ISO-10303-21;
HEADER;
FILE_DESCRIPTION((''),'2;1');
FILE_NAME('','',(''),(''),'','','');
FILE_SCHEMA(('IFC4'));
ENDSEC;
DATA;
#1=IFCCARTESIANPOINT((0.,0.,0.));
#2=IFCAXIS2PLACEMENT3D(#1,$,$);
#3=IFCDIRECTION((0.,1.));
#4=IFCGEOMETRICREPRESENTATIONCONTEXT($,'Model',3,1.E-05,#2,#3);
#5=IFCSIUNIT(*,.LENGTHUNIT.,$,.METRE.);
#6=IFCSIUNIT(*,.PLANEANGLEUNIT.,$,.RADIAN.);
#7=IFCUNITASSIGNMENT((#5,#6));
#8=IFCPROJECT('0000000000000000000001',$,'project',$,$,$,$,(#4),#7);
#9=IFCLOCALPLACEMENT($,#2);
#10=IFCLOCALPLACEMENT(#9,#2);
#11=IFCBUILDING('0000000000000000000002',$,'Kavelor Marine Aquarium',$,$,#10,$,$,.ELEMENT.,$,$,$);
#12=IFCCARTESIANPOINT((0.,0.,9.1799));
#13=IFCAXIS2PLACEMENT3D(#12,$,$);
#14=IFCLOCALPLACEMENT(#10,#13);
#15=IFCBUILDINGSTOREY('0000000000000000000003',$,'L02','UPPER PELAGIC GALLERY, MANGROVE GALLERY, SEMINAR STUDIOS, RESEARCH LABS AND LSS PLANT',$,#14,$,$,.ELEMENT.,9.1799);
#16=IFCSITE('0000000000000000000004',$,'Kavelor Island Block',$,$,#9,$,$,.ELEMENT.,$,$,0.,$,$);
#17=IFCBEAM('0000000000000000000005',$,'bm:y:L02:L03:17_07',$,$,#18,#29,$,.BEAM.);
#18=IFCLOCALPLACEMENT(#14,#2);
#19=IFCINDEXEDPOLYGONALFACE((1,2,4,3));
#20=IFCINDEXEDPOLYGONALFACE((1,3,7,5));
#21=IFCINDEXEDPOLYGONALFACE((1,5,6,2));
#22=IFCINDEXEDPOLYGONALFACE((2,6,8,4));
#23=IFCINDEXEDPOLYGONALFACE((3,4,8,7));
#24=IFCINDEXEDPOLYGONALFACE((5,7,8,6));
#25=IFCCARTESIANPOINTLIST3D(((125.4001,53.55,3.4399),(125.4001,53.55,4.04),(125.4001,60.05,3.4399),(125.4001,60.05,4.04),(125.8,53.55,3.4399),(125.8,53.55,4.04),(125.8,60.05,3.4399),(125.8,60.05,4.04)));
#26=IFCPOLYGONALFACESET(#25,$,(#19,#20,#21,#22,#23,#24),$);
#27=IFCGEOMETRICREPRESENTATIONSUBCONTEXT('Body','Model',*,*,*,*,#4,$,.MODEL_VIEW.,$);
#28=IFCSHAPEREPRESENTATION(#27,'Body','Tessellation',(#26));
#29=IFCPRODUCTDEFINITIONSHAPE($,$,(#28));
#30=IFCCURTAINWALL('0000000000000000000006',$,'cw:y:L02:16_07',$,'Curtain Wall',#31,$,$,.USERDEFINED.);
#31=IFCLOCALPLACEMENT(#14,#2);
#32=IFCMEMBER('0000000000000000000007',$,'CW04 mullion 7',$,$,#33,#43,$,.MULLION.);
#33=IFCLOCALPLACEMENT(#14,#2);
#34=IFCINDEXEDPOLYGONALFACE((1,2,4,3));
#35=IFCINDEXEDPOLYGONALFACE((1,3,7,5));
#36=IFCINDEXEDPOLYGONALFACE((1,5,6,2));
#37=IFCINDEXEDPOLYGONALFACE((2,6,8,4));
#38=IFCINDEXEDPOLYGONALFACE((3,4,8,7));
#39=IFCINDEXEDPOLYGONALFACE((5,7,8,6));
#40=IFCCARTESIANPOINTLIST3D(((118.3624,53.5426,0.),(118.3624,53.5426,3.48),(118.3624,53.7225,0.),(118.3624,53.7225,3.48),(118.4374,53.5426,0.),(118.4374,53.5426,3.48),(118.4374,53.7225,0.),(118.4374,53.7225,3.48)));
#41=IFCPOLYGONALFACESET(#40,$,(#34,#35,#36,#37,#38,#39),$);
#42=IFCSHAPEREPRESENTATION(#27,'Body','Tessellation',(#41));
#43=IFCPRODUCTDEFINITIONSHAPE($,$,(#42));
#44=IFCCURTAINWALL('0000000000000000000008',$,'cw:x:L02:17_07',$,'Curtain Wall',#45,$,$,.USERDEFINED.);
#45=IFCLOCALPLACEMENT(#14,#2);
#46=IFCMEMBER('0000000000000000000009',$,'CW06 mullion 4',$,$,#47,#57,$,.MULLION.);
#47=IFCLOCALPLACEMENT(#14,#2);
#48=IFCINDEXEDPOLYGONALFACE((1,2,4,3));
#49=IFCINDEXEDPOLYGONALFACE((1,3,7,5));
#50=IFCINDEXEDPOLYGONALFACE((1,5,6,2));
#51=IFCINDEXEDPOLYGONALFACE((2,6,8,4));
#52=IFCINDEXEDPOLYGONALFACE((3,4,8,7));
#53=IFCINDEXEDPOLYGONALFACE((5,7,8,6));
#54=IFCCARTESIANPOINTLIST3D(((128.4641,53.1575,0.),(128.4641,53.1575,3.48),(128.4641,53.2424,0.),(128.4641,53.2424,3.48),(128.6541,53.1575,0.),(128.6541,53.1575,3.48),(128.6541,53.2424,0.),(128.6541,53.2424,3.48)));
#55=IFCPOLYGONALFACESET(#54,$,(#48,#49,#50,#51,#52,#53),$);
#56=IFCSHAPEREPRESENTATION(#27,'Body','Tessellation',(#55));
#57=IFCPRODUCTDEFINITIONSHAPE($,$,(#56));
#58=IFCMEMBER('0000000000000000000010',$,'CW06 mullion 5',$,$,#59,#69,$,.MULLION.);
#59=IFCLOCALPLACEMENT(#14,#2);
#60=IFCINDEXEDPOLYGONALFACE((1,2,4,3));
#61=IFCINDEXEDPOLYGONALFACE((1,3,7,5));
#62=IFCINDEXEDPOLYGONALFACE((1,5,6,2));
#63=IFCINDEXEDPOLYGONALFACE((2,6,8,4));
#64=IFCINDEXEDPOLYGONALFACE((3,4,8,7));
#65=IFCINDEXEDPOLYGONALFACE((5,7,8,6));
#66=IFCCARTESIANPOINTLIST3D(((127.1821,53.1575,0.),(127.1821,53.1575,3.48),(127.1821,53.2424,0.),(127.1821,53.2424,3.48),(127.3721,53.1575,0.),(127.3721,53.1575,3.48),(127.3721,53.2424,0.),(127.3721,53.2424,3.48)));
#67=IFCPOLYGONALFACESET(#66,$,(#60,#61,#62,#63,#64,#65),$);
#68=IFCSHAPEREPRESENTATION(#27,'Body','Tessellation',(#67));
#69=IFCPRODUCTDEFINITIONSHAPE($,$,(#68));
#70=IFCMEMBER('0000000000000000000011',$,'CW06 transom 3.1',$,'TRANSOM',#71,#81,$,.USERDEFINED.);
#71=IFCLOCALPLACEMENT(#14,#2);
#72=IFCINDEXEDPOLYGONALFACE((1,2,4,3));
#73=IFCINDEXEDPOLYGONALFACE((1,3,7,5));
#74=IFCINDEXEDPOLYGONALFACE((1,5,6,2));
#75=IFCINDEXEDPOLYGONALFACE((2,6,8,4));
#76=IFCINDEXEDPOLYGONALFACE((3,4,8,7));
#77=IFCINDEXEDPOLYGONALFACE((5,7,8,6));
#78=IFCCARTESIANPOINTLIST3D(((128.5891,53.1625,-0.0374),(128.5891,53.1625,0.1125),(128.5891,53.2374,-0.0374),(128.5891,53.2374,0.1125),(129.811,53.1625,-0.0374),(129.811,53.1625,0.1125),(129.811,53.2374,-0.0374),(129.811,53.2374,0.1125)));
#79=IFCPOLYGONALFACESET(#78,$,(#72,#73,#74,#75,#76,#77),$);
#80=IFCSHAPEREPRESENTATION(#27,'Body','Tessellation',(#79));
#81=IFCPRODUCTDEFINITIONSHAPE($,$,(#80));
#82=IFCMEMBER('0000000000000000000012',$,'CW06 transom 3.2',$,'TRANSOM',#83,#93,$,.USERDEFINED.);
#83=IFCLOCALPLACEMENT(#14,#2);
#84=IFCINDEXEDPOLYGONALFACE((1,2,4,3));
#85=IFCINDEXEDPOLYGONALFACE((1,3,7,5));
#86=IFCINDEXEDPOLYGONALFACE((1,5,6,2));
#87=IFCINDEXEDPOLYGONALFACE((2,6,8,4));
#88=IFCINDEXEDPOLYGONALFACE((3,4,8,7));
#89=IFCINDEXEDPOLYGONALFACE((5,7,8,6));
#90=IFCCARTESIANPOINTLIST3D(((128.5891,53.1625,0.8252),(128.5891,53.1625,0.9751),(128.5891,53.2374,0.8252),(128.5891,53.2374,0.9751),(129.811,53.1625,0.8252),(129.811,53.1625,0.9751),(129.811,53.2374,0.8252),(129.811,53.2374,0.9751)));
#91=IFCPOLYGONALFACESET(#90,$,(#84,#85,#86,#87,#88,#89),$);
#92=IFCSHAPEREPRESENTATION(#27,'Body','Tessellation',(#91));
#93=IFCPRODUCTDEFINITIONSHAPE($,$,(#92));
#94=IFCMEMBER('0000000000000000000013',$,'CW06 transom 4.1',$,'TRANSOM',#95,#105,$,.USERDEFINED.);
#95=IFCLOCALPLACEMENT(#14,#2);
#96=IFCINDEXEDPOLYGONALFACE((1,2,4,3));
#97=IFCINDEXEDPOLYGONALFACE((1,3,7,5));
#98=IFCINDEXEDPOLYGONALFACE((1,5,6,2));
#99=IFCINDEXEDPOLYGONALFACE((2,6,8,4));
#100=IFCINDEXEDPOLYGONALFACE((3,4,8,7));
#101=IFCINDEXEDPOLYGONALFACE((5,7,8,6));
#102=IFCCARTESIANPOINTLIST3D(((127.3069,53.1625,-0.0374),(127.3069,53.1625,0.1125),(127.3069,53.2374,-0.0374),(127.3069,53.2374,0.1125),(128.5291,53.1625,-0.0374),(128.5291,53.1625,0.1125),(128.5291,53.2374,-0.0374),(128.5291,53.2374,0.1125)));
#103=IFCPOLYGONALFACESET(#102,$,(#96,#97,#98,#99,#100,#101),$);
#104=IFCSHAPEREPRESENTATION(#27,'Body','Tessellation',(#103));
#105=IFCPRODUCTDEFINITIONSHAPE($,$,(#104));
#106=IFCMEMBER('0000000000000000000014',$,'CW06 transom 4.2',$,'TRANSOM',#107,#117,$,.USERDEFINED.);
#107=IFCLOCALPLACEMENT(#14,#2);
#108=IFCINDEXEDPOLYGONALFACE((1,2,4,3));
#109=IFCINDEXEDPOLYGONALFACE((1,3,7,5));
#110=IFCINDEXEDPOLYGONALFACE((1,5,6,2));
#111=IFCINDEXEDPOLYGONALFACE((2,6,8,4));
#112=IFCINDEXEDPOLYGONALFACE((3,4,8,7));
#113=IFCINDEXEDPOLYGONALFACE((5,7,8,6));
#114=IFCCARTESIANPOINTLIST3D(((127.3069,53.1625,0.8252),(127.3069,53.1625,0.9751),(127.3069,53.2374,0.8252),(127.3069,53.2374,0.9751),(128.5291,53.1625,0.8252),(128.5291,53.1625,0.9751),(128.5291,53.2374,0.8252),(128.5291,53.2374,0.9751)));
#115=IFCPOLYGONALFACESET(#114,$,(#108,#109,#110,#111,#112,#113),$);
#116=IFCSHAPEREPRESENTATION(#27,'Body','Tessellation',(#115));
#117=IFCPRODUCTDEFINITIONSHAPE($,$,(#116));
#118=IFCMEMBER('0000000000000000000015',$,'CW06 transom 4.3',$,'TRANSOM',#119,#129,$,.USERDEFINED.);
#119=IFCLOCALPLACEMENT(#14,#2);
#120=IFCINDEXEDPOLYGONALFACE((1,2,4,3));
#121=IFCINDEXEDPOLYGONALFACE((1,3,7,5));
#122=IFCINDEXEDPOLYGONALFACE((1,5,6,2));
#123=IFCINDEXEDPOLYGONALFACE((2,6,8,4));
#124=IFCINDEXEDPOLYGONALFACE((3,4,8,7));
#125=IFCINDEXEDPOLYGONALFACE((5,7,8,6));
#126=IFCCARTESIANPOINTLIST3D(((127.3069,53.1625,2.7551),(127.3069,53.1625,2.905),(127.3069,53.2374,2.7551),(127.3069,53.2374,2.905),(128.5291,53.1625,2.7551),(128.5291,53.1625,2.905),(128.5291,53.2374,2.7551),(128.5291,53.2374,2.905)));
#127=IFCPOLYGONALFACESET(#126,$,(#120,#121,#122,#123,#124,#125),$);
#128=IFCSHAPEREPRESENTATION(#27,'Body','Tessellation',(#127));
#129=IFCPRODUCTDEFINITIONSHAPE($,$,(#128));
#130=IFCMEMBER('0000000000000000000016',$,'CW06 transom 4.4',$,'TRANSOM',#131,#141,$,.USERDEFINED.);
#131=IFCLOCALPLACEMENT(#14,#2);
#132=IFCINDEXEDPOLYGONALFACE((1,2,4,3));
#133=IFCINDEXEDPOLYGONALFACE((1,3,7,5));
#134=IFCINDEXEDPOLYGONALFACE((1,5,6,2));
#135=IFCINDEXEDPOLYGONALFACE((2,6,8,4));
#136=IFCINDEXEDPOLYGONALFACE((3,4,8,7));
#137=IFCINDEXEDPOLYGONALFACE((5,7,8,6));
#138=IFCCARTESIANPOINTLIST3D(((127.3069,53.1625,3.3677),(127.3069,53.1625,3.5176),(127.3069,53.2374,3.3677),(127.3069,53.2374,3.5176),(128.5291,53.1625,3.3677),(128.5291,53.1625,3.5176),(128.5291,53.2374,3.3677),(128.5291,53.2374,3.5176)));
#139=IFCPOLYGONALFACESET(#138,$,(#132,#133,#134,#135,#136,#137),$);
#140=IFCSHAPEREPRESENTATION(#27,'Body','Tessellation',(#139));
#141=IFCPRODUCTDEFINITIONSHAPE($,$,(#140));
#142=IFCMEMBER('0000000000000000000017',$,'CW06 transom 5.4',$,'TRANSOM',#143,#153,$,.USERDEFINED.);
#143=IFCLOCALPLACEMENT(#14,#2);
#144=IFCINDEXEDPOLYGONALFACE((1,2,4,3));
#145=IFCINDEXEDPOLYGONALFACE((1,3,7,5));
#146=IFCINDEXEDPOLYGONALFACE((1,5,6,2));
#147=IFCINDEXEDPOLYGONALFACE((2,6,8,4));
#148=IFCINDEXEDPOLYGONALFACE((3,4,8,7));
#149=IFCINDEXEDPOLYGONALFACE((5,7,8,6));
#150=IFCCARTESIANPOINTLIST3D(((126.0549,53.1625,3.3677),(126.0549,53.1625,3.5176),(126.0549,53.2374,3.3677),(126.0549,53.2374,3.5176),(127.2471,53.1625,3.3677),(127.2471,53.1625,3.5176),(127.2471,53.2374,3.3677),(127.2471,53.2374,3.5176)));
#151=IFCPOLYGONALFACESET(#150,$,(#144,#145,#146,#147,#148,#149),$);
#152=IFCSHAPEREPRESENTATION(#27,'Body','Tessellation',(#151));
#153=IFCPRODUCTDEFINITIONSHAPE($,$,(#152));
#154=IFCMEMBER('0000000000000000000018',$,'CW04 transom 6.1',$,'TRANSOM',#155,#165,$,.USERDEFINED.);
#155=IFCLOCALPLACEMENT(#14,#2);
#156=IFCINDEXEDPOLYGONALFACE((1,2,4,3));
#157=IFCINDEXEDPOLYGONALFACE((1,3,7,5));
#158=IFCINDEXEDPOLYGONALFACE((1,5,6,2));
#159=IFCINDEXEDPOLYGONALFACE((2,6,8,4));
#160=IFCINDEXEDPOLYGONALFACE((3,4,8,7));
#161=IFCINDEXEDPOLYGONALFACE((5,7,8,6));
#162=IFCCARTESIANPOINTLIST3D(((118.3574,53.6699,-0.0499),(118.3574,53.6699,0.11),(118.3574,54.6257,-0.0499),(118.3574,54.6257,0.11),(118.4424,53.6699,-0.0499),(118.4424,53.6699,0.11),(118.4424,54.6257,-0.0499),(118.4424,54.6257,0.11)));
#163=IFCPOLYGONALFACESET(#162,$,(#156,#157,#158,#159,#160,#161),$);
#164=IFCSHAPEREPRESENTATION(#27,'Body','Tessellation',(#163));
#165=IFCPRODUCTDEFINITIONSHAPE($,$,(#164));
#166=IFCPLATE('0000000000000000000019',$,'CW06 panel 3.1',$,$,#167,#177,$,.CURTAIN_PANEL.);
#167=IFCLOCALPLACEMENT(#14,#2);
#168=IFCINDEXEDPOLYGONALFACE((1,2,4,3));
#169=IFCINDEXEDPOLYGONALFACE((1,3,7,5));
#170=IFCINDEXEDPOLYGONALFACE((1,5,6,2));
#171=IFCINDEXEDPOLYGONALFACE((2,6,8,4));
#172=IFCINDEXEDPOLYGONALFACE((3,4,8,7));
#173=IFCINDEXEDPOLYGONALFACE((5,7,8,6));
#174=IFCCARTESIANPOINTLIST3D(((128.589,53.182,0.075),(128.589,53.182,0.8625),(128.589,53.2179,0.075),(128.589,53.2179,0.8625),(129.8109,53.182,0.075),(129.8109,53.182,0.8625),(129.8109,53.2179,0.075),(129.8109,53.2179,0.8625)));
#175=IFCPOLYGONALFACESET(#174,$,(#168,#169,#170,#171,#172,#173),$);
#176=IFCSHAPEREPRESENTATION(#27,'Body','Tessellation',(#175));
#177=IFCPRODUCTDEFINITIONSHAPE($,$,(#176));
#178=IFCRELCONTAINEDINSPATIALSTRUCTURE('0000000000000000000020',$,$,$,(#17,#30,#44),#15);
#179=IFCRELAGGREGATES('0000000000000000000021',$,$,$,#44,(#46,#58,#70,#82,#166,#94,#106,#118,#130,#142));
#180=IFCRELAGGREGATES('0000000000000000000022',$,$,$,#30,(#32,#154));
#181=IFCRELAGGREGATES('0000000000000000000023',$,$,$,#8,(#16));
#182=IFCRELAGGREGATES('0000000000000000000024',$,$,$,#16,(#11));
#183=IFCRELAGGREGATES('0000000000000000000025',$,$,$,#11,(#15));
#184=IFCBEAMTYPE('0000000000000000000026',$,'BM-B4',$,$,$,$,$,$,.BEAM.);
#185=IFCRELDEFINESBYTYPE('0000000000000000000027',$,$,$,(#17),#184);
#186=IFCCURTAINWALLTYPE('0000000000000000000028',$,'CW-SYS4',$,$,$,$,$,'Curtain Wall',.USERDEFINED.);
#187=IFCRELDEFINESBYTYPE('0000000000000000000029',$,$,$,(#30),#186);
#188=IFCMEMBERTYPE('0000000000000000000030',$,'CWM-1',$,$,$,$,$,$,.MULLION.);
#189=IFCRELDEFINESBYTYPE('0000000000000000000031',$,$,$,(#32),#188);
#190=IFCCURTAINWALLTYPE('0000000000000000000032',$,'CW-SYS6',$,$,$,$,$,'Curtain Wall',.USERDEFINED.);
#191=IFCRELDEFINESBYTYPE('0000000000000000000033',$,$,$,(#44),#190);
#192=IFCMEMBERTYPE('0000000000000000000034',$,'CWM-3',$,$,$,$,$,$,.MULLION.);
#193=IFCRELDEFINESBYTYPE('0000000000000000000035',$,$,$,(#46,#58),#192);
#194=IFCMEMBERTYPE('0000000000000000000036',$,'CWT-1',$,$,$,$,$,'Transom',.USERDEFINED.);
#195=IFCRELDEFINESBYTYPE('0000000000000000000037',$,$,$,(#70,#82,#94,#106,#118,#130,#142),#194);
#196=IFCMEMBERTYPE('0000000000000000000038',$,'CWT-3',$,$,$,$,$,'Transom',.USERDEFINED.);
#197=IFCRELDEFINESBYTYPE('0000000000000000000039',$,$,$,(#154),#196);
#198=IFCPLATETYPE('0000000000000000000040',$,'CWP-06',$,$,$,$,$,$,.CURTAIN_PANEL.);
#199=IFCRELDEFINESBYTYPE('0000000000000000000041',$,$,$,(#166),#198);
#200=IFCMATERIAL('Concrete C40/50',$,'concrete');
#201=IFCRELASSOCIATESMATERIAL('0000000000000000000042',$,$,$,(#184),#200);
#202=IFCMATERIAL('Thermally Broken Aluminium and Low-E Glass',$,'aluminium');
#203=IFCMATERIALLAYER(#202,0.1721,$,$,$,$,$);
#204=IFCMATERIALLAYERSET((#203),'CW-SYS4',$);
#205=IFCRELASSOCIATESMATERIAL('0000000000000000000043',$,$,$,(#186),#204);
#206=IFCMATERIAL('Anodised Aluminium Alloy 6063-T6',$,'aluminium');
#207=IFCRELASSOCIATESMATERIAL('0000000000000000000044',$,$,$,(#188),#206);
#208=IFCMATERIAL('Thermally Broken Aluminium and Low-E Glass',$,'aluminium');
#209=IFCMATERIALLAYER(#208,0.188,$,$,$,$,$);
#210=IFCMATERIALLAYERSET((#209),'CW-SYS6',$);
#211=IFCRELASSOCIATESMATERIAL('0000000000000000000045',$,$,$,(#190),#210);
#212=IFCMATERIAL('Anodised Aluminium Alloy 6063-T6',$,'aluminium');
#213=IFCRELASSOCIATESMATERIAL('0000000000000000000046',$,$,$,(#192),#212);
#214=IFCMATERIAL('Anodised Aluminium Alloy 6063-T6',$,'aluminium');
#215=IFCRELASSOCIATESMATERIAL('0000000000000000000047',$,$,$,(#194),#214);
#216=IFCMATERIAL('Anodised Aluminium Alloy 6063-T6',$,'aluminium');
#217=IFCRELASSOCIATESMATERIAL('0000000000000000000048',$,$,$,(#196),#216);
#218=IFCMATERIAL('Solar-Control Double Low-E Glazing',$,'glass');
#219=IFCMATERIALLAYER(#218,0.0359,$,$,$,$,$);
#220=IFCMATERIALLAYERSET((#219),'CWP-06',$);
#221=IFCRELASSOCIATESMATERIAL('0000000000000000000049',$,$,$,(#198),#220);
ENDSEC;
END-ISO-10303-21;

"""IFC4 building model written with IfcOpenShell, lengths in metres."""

from ifc_helpers import new_model, si_unit, direction, frame, origin, origin_2d, place, context, subcontext, project, spatial, rectangle, extrude, material, layer, layer_set, material_profile, profile_set, type_object, element, aggregate, save


model = new_model("IFC4")

# Units and contexts
model_context = context("Model", 3, precision=1e-05, world=origin(), true_north=direction((0.0, 1.0)))
body_context = subcontext(model_context, "Body", "Model", "MODEL_VIEW")
ifc_project = project(units=[si_unit("LENGTHUNIT", "METRE"), si_unit("PLANEANGLEUNIT", "RADIAN")], contexts=[model_context])

# Site, building, storey
site_placement = place(None, origin())
site = spatial("IfcSite", under=ifc_project, at=site_placement, Name="Kavelor Island Block", CompositionType="ELEMENT", RefElevation=0.0)
building_placement = place(site_placement, origin())
building = spatial("IfcBuilding", under=site, at=building_placement, Name="Kavelor Marine Aquarium", CompositionType="ELEMENT")
storey_placement = place(building_placement, frame((0.0, 0.0, 9.1799)))
storey = spatial("IfcBuildingStorey", under=building, at=storey_placement, Name="L02", Description="UPPER PELAGIC GALLERY, MANGROVE GALLERY, SEMINAR STUDIOS, RESEARCH LABS AND LSS PLANT", CompositionType="ELEMENT", Elevation=9.1799)

# Beam
ifc_material_1 = material(Name="Concrete C40/50", Category="concrete")
ifc_material_profile_1 = material_profile(ifc_material_1, rectangle(XDim=0.3999, YDim=0.6001, at=origin_2d()), Name="RC-BM 400x600")
ifc_profile_set_1 = profile_set([ifc_material_profile_1], Name="Concrete C40/50")
beam_type = type_object("IfcBeamType", Name="BM-B4", PredefinedType="BEAM", material=ifc_profile_set_1)
beam_placement = place(storey_placement, frame((125.6001, 53.55, 3.74), z_axis=(0.0, 1.0, 0.0), x_axis=(-1.0, 0.0, 0.0)))
element("IfcBeam", 1, at=beam_placement, inside=storey, type_object=beam_type, Name="bm:y:L02:L03:17_07", PredefinedType="BEAM", context=body_context, shape_type="SweptSolid", body=[
    extrude(rectangle(XDim=0.3999, YDim=0.6001, at=origin_2d()), origin(), (0.0, 0.0, 1.0), 6.5),
])

# Curtain wall, member
ifc_material_2 = material(Name="Thermally Broken Aluminium and Low-E Glass", Category="aluminium")
ifc_layer_1 = layer(ifc_material_2, 0.1721)
ifc_layer_set_1 = layer_set([ifc_layer_1], Name="CW-SYS4")
curtain_wall_type_1 = type_object("IfcCurtainWallType", Name="CW-SYS4", ElementType="Curtain Wall", PredefinedType="USERDEFINED", material=ifc_layer_set_1)
curtain_wall_1_placement = place(storey_placement, origin())
curtain_wall_1 = element("IfcCurtainWall", 2, at=curtain_wall_1_placement, inside=storey, type_object=curtain_wall_type_1, Name="cw:y:L02:16_07", ObjectType="Curtain Wall", PredefinedType="USERDEFINED")
ifc_material_3 = material(Name="Anodised Aluminium Alloy 6063-T6", Category="aluminium")
ifc_material_profile_2 = material_profile(ifc_material_3, rectangle(XDim=0.075, YDim=0.1799, at=origin_2d()), Name="CW-MUL 75x180")
ifc_profile_set_2 = profile_set([ifc_material_profile_2], Name="Anodised Aluminium Alloy 6063-T6")
member_type_1 = type_object("IfcMemberType", Name="CWM-1", PredefinedType="MULLION", material=ifc_profile_set_2)
member_1_placement = place(storey_placement, frame((118.3999, 53.6326, 0.0), z_axis=(0.0, 0.0, 1.0), x_axis=(1.0, 0.0, 0.0)))
member_1 = element("IfcMember", 3, at=member_1_placement, type_object=member_type_1, Name="CW04 mullion 7", PredefinedType="MULLION", context=body_context, shape_type="SweptSolid", body=[
    extrude(rectangle(XDim=0.075, YDim=0.1799, at=origin_2d()), origin(), (0.0, 0.0, 1.0), 3.48),
])

# Curtain wall, members
ifc_material_4 = material(Name="Thermally Broken Aluminium and Low-E Glass", Category="aluminium")
ifc_layer_2 = layer(ifc_material_4, 0.188)
ifc_layer_set_2 = layer_set([ifc_layer_2], Name="CW-SYS6")
curtain_wall_type_2 = type_object("IfcCurtainWallType", Name="CW-SYS6", ElementType="Curtain Wall", PredefinedType="USERDEFINED", material=ifc_layer_set_2)
curtain_wall_2_placement = place(storey_placement, origin())
curtain_wall_2 = element("IfcCurtainWall", 4, at=curtain_wall_2_placement, inside=storey, type_object=curtain_wall_type_2, Name="cw:x:L02:17_07", ObjectType="Curtain Wall", PredefinedType="USERDEFINED")
ifc_material_5 = material(Name="Anodised Aluminium Alloy 6063-T6", Category="aluminium")
ifc_material_profile_3 = material_profile(ifc_material_5, rectangle(XDim=0.085, YDim=0.1899, at=origin_2d()), Name="CW-MUL 85x190")
ifc_profile_set_3 = profile_set([ifc_material_profile_3], Name="Anodised Aluminium Alloy 6063-T6")
member_type_2 = type_object("IfcMemberType", Name="CWM-3", PredefinedType="MULLION", material=ifc_profile_set_3)
member_2_placement = place(storey_placement, frame((128.5591, 53.2, 0.0), z_axis=(0.0, 0.0, 1.0), x_axis=(0.0, -1.0, 0.0)))
member_2 = element("IfcMember", 5, at=member_2_placement, type_object=member_type_2, Name="CW06 mullion 4", PredefinedType="MULLION", context=body_context, shape_type="SweptSolid", body=[
    extrude(rectangle(XDim=0.085, YDim=0.1899, at=origin_2d()), origin(), (0.0, 0.0, 1.0), 3.48),
])
member_3_placement = place(storey_placement, frame((127.2771, 53.2, 0.0), z_axis=(0.0, 0.0, 1.0), x_axis=(0.0, -1.0, 0.0)))
member_3 = element("IfcMember", 6, at=member_3_placement, type_object=member_type_2, Name="CW06 mullion 5", PredefinedType="MULLION", context=body_context, shape_type="SweptSolid", body=[
    extrude(rectangle(XDim=0.085, YDim=0.1899, at=origin_2d()), origin(), (0.0, 0.0, 1.0), 3.48),
])
ifc_material_6 = material(Name="Anodised Aluminium Alloy 6063-T6", Category="aluminium")
ifc_material_profile_4 = material_profile(ifc_material_6, rectangle(XDim=0.075, YDim=0.1499, at=origin_2d()), Name="CW-TRN 75x150")
ifc_profile_set_4 = profile_set([ifc_material_profile_4], Name="Anodised Aluminium Alloy 6063-T6")
member_type_3 = type_object("IfcMemberType", Name="CWT-1", ElementType="Transom", PredefinedType="USERDEFINED", material=ifc_profile_set_4)
member_4_placement = place(storey_placement, frame((129.811, 53.2, 0.0376), z_axis=(-1.0, 0.0, 0.0), x_axis=(0.0, -1.0, 0.0)))
member_4 = element("IfcMember", 7, at=member_4_placement, type_object=member_type_3, Name="CW06 transom 3.1", ObjectType="TRANSOM", PredefinedType="USERDEFINED", context=body_context, shape_type="SweptSolid", body=[
    extrude(rectangle(XDim=0.075, YDim=0.1499, at=origin_2d()), origin(), (0.0, 0.0, 1.0), 1.2219),
])
member_5_placement = place(storey_placement, frame((129.811, 53.2, 0.9001), z_axis=(-1.0, 0.0, 0.0), x_axis=(0.0, -1.0, 0.0)))
member_5 = element("IfcMember", 8, at=member_5_placement, type_object=member_type_3, Name="CW06 transom 3.2", ObjectType="TRANSOM", PredefinedType="USERDEFINED", context=body_context, shape_type="SweptSolid", body=[
    extrude(rectangle(XDim=0.075, YDim=0.1499, at=origin_2d()), origin(), (0.0, 0.0, 1.0), 1.2219),
])
member_6_placement = place(storey_placement, frame((128.5291, 53.2, 0.0376), z_axis=(-1.0, 0.0, 0.0), x_axis=(0.0, -1.0, 0.0)))
member_6 = element("IfcMember", 9, at=member_6_placement, type_object=member_type_3, Name="CW06 transom 4.1", ObjectType="TRANSOM", PredefinedType="USERDEFINED", context=body_context, shape_type="SweptSolid", body=[
    extrude(rectangle(XDim=0.075, YDim=0.1499, at=origin_2d()), origin(), (0.0, 0.0, 1.0), 1.2222),
])
member_7_placement = place(storey_placement, frame((128.5291, 53.2, 0.9001), z_axis=(-1.0, 0.0, 0.0), x_axis=(0.0, -1.0, 0.0)))
member_7 = element("IfcMember", 10, at=member_7_placement, type_object=member_type_3, Name="CW06 transom 4.2", ObjectType="TRANSOM", PredefinedType="USERDEFINED", context=body_context, shape_type="SweptSolid", body=[
    extrude(rectangle(XDim=0.075, YDim=0.1499, at=origin_2d()), origin(), (0.0, 0.0, 1.0), 1.2222),
])
member_8_placement = place(storey_placement, frame((128.5291, 53.2, 2.8301), z_axis=(-1.0, 0.0, 0.0), x_axis=(0.0, -1.0, 0.0)))
member_8 = element("IfcMember", 11, at=member_8_placement, type_object=member_type_3, Name="CW06 transom 4.3", ObjectType="TRANSOM", PredefinedType="USERDEFINED", context=body_context, shape_type="SweptSolid", body=[
    extrude(rectangle(XDim=0.075, YDim=0.1499, at=origin_2d()), origin(), (0.0, 0.0, 1.0), 1.2222),
])
member_9_placement = place(storey_placement, frame((128.5291, 53.2, 3.4426), z_axis=(-1.0, 0.0, 0.0), x_axis=(0.0, -1.0, 0.0)))
member_9 = element("IfcMember", 12, at=member_9_placement, type_object=member_type_3, Name="CW06 transom 4.4", ObjectType="TRANSOM", PredefinedType="USERDEFINED", context=body_context, shape_type="SweptSolid", body=[
    extrude(rectangle(XDim=0.075, YDim=0.1499, at=origin_2d()), origin(), (0.0, 0.0, 1.0), 1.2222),
])
member_10_placement = place(storey_placement, frame((127.2471, 53.2, 3.4426), z_axis=(-1.0, 0.0, 0.0), x_axis=(0.0, -1.0, 0.0)))
member_10 = element("IfcMember", 13, at=member_10_placement, type_object=member_type_3, Name="CW06 transom 5.4", ObjectType="TRANSOM", PredefinedType="USERDEFINED", context=body_context, shape_type="SweptSolid", body=[
    extrude(rectangle(XDim=0.075, YDim=0.1499, at=origin_2d()), origin(), (0.0, 0.0, 1.0), 1.1921),
])

# Member
ifc_material_7 = material(Name="Anodised Aluminium Alloy 6063-T6", Category="aluminium")
ifc_material_profile_5 = material_profile(ifc_material_7, rectangle(XDim=0.085, YDim=0.1599, at=origin_2d()), Name="CW-TRN 85x160")
ifc_profile_set_5 = profile_set([ifc_material_profile_5], Name="Anodised Aluminium Alloy 6063-T6")
member_type_4 = type_object("IfcMemberType", Name="CWT-3", ElementType="Transom", PredefinedType="USERDEFINED", material=ifc_profile_set_5)
member_11_placement = place(storey_placement, frame((118.3999, 54.6257, 0.03), z_axis=(0.0, -1.0, 0.0), x_axis=(1.0, 0.0, 0.0)))
member_11 = element("IfcMember", 14, at=member_11_placement, type_object=member_type_4, Name="CW04 transom 6.1", ObjectType="TRANSOM", PredefinedType="USERDEFINED", context=body_context, shape_type="SweptSolid", body=[
    extrude(rectangle(XDim=0.085, YDim=0.1599, at=origin_2d()), origin(), (0.0, 0.0, 1.0), 0.9558),
])

# Plate
ifc_material_8 = material(Name="Solar-Control Double Low-E Glazing", Category="glass")
ifc_layer_3 = layer(ifc_material_8, 0.0359)
ifc_layer_set_3 = layer_set([ifc_layer_3], Name="CWP-06")
plate_type_1 = type_object("IfcPlateType", Name="CWP-06", PredefinedType="CURTAIN_PANEL", material=ifc_layer_set_3)
plate_1_placement = place(storey_placement, frame((129.2, 53.2, 0.075), z_axis=(0.0, 0.0, 1.0), x_axis=(-1.0, 0.0, 0.0)))
plate_1 = element("IfcPlate", 15, at=plate_1_placement, type_object=plate_type_1, Name="CW06 panel 3.1", PredefinedType="CURTAIN_PANEL", context=body_context, shape_type="SweptSolid", body=[
    extrude(rectangle(XDim=1.2219, YDim=0.0359, at=origin_2d()), origin(), (0.0, 0.0, 1.0), 0.7876),
])
aggregate(curtain_wall_2, [member_2, member_3, member_4, member_5, plate_1, member_6, member_7, member_8, member_9, member_10])
aggregate(curtain_wall_1, [member_1, member_11])

save(model, "model.ifc")
